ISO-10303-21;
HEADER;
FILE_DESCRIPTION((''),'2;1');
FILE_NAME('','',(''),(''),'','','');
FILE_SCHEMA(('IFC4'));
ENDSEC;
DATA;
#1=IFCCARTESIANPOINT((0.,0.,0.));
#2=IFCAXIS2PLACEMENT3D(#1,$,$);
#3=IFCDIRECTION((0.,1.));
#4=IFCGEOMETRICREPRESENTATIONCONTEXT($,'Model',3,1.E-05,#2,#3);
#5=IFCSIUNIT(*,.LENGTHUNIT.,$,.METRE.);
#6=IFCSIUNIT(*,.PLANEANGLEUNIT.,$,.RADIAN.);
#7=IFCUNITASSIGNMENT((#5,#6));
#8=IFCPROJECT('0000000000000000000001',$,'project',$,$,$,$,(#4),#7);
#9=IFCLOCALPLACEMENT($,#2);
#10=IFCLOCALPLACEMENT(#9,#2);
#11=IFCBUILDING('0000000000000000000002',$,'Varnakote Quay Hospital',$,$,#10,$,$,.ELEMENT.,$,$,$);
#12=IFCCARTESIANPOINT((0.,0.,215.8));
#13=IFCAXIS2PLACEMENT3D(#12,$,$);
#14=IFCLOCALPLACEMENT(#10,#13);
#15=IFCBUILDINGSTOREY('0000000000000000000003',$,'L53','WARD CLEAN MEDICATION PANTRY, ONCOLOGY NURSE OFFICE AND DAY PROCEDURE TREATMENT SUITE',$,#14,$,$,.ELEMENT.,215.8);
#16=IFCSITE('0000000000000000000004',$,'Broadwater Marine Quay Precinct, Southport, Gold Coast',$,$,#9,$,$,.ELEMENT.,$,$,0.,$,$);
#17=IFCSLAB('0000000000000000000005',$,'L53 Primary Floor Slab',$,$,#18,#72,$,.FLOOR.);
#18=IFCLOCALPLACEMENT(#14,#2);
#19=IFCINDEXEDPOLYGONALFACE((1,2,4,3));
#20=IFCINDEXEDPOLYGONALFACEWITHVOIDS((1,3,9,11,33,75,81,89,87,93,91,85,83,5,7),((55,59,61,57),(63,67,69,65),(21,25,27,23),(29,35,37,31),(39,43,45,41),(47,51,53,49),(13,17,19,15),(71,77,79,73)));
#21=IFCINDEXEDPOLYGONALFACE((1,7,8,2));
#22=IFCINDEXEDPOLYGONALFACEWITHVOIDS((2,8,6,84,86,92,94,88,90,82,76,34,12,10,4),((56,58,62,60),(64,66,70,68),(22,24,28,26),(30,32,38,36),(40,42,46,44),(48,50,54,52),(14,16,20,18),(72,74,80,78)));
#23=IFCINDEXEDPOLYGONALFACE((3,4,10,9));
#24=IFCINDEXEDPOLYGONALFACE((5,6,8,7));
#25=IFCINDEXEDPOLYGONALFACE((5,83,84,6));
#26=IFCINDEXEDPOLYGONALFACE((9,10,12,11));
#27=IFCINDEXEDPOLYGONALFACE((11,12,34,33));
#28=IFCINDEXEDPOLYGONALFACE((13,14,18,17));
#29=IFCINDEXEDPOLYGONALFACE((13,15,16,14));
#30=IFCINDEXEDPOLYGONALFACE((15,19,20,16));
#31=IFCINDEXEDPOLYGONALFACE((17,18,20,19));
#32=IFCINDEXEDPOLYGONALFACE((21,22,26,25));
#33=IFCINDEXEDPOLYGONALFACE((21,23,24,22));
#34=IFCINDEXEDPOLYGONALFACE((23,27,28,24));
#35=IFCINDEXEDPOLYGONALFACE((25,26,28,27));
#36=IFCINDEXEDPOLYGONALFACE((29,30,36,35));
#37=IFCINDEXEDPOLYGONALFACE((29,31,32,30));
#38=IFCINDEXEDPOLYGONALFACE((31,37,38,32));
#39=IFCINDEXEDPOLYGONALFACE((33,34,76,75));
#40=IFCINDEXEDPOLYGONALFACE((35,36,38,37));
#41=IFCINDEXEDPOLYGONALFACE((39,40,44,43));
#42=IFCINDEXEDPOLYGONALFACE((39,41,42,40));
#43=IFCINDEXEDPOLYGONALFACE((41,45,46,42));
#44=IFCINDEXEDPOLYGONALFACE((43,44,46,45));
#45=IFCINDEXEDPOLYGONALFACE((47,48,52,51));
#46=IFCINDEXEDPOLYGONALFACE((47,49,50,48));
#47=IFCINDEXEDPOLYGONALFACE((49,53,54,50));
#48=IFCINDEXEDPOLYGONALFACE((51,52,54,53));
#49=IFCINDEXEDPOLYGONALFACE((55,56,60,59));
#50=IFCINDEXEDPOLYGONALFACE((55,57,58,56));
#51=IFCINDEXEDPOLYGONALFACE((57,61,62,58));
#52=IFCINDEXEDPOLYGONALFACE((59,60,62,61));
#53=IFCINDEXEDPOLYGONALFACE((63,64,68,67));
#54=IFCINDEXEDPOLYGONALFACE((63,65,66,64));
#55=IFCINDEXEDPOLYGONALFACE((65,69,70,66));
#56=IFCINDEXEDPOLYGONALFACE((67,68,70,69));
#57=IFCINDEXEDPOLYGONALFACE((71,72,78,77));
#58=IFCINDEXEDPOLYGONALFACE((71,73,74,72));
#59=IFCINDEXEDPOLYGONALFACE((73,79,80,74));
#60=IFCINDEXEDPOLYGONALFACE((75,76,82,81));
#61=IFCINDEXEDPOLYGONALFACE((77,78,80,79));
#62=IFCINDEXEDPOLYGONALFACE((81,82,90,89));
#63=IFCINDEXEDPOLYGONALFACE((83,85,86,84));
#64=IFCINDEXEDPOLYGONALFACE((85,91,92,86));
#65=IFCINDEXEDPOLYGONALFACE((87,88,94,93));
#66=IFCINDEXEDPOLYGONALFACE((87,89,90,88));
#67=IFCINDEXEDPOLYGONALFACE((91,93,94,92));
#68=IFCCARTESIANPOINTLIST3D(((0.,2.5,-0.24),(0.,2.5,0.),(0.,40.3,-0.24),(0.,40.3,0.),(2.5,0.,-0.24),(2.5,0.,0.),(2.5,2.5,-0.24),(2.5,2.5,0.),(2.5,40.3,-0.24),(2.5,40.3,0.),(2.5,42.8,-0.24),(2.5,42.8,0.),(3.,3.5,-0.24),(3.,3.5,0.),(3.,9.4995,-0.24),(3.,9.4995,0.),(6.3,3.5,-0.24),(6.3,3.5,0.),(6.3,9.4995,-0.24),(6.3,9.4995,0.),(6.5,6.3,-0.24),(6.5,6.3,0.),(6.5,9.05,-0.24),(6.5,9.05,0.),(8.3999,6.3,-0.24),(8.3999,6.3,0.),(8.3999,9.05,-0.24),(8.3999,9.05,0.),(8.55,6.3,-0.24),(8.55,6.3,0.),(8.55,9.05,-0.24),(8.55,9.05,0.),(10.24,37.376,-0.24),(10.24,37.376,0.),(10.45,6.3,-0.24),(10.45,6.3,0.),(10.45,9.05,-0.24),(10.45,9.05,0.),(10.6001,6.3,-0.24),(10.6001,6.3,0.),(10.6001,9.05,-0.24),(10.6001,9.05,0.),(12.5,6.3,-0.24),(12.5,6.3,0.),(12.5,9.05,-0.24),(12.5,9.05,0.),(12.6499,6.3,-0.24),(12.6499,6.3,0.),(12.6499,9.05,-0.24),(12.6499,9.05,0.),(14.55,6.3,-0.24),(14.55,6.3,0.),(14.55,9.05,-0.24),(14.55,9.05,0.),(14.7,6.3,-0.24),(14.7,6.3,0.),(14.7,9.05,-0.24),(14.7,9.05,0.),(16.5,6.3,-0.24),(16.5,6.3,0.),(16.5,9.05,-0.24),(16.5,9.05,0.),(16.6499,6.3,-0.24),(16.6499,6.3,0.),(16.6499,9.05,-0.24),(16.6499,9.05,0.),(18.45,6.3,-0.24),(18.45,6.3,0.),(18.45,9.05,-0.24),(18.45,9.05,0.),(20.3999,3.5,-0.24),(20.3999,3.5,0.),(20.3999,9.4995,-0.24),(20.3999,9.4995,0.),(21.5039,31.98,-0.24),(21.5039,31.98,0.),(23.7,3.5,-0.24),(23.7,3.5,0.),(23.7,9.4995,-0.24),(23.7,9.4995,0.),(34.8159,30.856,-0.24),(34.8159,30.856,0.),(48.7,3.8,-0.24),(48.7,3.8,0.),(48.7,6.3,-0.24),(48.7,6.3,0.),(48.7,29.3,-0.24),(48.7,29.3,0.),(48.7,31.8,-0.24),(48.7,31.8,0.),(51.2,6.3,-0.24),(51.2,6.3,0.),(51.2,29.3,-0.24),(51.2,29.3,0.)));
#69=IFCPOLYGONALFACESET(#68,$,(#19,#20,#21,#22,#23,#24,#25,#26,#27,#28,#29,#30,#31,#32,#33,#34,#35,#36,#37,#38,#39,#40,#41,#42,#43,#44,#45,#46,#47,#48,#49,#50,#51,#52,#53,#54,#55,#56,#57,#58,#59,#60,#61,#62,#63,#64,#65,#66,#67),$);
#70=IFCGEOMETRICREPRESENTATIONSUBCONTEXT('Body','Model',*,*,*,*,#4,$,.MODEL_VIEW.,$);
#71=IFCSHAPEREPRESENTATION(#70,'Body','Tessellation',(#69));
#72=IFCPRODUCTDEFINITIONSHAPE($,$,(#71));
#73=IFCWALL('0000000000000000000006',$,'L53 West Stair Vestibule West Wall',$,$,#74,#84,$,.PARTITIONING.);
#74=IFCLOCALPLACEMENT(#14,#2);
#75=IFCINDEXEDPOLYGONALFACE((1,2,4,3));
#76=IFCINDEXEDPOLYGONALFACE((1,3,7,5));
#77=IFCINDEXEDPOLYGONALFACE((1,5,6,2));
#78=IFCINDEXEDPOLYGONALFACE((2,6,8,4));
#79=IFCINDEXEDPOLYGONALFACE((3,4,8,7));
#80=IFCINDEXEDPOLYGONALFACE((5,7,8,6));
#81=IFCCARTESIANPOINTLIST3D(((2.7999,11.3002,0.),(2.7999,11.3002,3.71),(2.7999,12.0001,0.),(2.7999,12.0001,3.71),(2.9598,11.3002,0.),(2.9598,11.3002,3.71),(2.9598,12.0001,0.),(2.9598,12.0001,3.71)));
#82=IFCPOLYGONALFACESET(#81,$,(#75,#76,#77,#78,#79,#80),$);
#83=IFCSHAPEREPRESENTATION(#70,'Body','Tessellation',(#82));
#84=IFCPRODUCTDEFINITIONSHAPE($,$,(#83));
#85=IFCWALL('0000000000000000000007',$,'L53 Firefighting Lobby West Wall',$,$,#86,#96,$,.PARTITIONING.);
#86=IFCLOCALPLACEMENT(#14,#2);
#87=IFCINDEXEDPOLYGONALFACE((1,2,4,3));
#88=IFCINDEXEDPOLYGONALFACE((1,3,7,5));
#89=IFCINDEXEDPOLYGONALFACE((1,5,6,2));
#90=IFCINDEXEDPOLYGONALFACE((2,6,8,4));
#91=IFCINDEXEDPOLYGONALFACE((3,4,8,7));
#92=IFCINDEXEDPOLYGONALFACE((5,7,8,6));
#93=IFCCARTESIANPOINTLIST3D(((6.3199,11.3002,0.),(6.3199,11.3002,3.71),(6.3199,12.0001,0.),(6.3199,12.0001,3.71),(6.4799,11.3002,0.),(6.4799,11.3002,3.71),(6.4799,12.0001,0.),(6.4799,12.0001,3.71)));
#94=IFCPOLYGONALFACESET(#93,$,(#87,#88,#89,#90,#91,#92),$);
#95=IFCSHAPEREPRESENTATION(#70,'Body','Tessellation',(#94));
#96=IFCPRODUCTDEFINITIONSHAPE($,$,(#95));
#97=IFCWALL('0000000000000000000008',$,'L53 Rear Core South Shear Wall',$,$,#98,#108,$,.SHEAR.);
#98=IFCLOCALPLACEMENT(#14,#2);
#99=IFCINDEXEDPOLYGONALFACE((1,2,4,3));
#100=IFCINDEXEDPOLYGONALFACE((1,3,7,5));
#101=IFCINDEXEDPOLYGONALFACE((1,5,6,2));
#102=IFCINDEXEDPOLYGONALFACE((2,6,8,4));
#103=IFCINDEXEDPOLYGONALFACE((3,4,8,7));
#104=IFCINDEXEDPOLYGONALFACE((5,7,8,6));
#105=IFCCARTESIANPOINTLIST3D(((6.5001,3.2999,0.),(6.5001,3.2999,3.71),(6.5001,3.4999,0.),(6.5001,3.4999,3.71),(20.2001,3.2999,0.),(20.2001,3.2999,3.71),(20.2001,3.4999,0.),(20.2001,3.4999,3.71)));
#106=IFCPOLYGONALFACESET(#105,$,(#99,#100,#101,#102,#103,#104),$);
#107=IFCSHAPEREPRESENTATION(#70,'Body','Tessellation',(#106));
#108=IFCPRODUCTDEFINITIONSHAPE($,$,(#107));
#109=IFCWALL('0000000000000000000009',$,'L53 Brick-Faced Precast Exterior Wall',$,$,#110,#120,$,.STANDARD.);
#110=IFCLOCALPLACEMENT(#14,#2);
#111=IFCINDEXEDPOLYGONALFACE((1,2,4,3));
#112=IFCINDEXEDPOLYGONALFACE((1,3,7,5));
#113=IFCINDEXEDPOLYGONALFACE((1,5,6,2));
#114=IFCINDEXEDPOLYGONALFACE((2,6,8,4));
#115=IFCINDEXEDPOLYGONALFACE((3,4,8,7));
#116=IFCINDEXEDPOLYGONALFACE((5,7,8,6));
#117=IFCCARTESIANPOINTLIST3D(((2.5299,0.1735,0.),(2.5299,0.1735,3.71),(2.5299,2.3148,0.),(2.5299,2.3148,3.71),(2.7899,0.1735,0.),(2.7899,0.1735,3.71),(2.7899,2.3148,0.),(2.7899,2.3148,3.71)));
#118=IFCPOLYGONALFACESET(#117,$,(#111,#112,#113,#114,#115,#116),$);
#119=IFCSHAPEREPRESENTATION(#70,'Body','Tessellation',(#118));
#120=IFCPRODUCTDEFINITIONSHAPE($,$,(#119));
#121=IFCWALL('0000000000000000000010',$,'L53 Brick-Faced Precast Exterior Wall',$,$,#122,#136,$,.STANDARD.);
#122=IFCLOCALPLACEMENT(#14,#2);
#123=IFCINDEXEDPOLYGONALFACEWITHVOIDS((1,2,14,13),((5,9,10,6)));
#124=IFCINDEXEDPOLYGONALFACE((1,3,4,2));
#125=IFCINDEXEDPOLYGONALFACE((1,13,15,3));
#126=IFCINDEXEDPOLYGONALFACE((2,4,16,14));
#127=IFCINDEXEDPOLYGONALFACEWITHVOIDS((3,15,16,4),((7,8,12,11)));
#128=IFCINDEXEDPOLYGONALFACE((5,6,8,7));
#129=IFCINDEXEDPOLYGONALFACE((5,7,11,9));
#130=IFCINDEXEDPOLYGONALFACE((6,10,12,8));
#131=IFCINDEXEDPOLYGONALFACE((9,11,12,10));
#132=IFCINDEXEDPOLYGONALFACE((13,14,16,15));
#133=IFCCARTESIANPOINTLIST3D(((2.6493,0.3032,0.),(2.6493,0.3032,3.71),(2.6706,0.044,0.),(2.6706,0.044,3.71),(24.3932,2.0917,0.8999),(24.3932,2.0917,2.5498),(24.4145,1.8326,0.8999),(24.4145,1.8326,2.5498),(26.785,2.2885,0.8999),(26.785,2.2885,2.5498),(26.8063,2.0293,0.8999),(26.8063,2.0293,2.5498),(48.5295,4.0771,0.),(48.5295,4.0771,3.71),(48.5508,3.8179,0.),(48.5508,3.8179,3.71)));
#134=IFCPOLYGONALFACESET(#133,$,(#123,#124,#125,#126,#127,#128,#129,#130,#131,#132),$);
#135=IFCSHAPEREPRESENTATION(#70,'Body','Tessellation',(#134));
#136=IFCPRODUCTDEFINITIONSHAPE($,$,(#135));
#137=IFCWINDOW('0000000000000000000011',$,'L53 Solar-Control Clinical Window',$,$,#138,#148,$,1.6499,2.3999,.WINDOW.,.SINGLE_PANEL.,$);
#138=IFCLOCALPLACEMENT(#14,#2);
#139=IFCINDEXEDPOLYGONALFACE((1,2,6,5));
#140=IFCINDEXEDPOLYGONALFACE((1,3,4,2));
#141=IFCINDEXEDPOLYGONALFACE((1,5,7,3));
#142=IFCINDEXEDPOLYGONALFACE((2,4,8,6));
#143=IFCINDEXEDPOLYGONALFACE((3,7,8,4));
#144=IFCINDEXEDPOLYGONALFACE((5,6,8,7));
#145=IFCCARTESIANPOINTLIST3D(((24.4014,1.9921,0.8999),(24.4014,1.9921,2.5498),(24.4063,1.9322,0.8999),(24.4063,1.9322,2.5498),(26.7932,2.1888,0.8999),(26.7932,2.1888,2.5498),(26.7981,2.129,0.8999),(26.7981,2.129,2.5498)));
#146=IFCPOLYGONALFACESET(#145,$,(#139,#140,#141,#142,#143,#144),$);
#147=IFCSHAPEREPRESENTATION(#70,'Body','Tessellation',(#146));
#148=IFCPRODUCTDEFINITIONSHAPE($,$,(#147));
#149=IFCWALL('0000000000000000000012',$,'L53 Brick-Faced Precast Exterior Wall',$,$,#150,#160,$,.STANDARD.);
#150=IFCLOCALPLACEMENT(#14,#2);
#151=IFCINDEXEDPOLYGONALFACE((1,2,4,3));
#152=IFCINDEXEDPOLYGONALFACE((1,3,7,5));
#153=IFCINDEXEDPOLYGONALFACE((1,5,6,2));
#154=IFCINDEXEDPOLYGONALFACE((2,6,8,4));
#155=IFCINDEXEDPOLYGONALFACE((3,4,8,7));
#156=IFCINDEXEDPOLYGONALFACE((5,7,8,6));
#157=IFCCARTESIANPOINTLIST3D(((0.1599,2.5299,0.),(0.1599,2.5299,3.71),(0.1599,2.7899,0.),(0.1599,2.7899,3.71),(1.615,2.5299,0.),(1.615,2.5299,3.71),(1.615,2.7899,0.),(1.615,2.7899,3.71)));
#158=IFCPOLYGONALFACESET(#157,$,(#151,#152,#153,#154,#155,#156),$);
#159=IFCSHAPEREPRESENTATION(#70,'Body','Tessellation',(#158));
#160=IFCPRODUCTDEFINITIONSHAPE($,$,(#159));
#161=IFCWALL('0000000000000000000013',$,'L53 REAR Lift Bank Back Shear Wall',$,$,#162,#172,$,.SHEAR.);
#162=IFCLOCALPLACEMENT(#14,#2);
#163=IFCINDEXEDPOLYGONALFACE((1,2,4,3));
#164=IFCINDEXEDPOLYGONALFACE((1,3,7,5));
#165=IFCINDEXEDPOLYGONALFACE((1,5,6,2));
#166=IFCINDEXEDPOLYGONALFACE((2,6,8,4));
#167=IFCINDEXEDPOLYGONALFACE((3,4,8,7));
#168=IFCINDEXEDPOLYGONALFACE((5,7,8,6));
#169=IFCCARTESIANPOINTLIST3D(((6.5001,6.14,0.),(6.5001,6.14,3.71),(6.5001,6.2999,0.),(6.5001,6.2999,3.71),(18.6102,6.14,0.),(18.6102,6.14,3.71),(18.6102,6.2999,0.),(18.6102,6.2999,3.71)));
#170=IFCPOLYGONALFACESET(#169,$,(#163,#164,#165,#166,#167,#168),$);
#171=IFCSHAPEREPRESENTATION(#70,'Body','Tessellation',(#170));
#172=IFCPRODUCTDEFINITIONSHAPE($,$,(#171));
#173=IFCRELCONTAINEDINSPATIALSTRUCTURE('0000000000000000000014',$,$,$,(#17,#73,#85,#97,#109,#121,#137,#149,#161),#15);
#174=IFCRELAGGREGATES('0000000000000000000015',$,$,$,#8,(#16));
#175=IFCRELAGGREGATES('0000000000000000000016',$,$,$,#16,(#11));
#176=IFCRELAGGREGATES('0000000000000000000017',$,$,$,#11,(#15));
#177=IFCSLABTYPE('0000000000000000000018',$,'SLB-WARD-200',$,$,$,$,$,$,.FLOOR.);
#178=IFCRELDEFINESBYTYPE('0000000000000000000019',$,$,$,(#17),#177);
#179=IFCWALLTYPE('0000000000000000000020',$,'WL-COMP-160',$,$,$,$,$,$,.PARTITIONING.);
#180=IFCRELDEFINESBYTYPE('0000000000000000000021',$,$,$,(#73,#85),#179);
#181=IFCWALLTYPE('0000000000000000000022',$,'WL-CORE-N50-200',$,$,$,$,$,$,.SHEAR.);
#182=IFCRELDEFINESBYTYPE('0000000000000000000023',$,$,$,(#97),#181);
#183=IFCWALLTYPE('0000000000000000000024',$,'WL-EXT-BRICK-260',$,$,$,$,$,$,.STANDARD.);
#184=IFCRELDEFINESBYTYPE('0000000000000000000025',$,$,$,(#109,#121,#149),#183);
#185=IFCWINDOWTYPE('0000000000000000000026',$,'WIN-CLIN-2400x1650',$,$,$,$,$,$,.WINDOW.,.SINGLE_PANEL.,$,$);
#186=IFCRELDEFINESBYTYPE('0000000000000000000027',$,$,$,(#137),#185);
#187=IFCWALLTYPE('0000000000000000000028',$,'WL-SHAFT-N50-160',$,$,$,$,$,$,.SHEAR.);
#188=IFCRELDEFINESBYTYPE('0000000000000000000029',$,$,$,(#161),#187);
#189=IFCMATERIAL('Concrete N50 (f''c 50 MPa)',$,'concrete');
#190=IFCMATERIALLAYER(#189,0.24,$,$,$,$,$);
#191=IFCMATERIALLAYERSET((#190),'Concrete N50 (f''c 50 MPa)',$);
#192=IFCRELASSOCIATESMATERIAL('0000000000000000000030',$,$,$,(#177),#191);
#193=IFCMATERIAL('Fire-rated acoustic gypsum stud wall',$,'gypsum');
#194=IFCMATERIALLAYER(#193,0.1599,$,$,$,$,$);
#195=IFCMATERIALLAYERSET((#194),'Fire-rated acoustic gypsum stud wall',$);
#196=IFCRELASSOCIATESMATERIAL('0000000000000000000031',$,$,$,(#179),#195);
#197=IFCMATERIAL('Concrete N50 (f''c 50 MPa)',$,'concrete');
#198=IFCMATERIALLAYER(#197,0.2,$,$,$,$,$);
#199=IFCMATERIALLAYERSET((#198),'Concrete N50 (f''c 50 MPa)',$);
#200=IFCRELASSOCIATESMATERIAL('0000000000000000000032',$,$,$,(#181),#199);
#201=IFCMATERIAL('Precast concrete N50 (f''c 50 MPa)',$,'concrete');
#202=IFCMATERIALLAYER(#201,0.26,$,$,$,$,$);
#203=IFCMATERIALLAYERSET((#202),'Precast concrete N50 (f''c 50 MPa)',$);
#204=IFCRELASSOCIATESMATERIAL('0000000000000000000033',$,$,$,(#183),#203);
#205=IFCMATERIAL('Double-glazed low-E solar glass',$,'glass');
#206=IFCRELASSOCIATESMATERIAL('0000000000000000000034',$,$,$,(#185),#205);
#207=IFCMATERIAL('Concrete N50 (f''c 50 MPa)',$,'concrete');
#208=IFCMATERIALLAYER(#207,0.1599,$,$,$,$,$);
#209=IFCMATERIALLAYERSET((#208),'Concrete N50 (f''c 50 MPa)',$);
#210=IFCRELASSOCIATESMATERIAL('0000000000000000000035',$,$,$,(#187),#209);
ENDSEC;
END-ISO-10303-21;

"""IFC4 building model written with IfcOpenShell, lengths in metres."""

from ifc_helpers import new_model, si_unit, direction, frame, frame_2d, origin, place, context, subcontext, project, spatial, polyline, rectangle, outline, extrude, material, layer, layer_set, type_object, element, fill, save


model = new_model("IFC4")

# Units and contexts
model_context = context("Model", 3, precision=1e-05, world=origin(), true_north=direction((0.0, 1.0)))
body_context = subcontext(model_context, "Body", "Model", "MODEL_VIEW")
ifc_project = project(units=[si_unit("LENGTHUNIT", "METRE"), si_unit("PLANEANGLEUNIT", "RADIAN")], contexts=[model_context])

# Site, building, storey
site_placement = place(None, origin())
site = spatial("IfcSite", under=ifc_project, at=site_placement, Name="Broadwater Marine Quay Precinct, Southport, Gold Coast", CompositionType="ELEMENT", RefElevation=0.0)
building_placement = place(site_placement, origin())
building = spatial("IfcBuilding", under=site, at=building_placement, Name="Varnakote Quay Hospital", CompositionType="ELEMENT")
storey_placement = place(building_placement, frame((0.0, 0.0, 215.8)))
storey = spatial("IfcBuildingStorey", under=building, at=storey_placement, Name="L53", Description="WARD CLEAN MEDICATION PANTRY, ONCOLOGY NURSE OFFICE AND DAY PROCEDURE TREATMENT SUITE", CompositionType="ELEMENT", Elevation=215.8)

# Slab
ifc_material_1 = material(Name="Concrete N50 (f'c 50 MPa)", Category="concrete")
ifc_layer_1 = layer(ifc_material_1, 0.24)
ifc_layer_set_1 = layer_set([ifc_layer_1], Name="Concrete N50 (f'c 50 MPa)")
slab_type_1 = type_object("IfcSlabType", Name="SLB-WARD-200", PredefinedType="FLOOR", material=ifc_layer_set_1)
slab_1_placement = place(storey_placement, frame((0.0, 0.0, -0.24)))
element("IfcSlab", 1, at=slab_1_placement, inside=storey, type_object=slab_type_1, Name="L53 Primary Floor Slab", PredefinedType="FLOOR", context=body_context, shape_type="SweptSolid", body=[
    extrude(outline(polyline([(0.0, 2.5), (2.5, 2.5), (2.5, 0.0), (48.7, 3.8), (48.7, 6.3), (51.2, 6.3), (51.2, 29.3), (48.7, 29.3), (48.7, 31.8), (34.8159, 30.856), (21.5039, 31.98), (10.24, 37.376), (2.5, 42.8), (2.5, 40.3), (0.0, 40.3), (0.0, 2.5)]), holes=[polyline([(3.0, 3.5), (6.3, 3.5), (6.3, 9.4995), (3.0, 9.4995), (3.0, 3.5)]), polyline([(20.3999, 3.5), (23.7, 3.5), (23.7, 9.4995), (20.3999, 9.4995), (20.3999, 3.5)]), polyline([(6.5, 6.3), (8.3999, 6.3), (8.3999, 9.05), (6.5, 9.05), (6.5, 6.3)]), polyline([(8.55, 6.3), (10.45, 6.3), (10.45, 9.05), (8.55, 9.05), (8.55, 6.3)]), polyline([(10.6001, 6.3), (12.5, 6.3), (12.5, 9.05), (10.6001, 9.05), (10.6001, 6.3)]), polyline([(12.6499, 6.3), (14.55, 6.3), (14.55, 9.05), (12.6499, 9.05), (12.6499, 6.3)]), polyline([(14.7, 6.3), (16.5, 6.3), (16.5, 9.05), (14.7, 9.05), (14.7, 6.3)]), polyline([(16.6499, 6.3), (18.45, 6.3), (18.45, 9.05), (16.6499, 9.05), (16.6499, 6.3)])]), origin(), (0.0, 0.0, 1.0), 0.24),
])

# Walls
ifc_material_2 = material(Name="Fire-rated acoustic gypsum stud wall", Category="gypsum")
ifc_layer_2 = layer(ifc_material_2, 0.1599)
ifc_layer_set_2 = layer_set([ifc_layer_2], Name="Fire-rated acoustic gypsum stud wall")
wall_type_1 = type_object("IfcWallType", Name="WL-COMP-160", PredefinedType="PARTITIONING", material=ifc_layer_set_2)
for number, where, z_axis, x_axis, name in (
    (2, (2.8799, 11.3, 0.0), (0.0, 0.0, 1.0), (0.0, 1.0, 0.0), "L53 West Stair Vestibule West Wall"),
    (3, (6.3999, 11.3, 0.0), (0.0, 0.0, 1.0), (0.0, 1.0, 0.0), "L53 Firefighting Lobby West Wall"),
):
    element("IfcWall", number, at=place(storey_placement, frame(where, z_axis=z_axis, x_axis=x_axis)), inside=storey, type_object=wall_type_1, Name=name, PredefinedType="PARTITIONING", context=body_context, shape_type="SweptSolid", body=[
        extrude(rectangle(XDim=0.7, YDim=0.1599, at=frame_2d((0.3501, 0.0))), origin(), (0.0, 0.0, 1.0), 3.71),
    ])
ifc_material_3 = material(Name="Concrete N50 (f'c 50 MPa)", Category="concrete")
ifc_layer_3 = layer(ifc_material_3, 0.2)
ifc_layer_set_3 = layer_set([ifc_layer_3], Name="Concrete N50 (f'c 50 MPa)")
wall_type_2 = type_object("IfcWallType", Name="WL-CORE-N50-200", PredefinedType="SHEAR", material=ifc_layer_set_3)
wall_1_placement = place(storey_placement, frame((6.5, 3.3999, 0.0), z_axis=(0.0, 0.0, 1.0), x_axis=(1.0, 0.0, 0.0)))
element("IfcWall", 4, at=wall_1_placement, inside=storey, type_object=wall_type_2, Name="L53 Rear Core South Shear Wall", PredefinedType="SHEAR", context=body_context, shape_type="SweptSolid", body=[
    extrude(rectangle(XDim=13.7, YDim=0.2, at=frame_2d((6.8501, 0.0))), origin(), (0.0, 0.0, 1.0), 3.71),
])
ifc_material_4 = material(Name="Precast concrete N50 (f'c 50 MPa)", Category="concrete")
ifc_layer_4 = layer(ifc_material_4, 0.26)
ifc_layer_set_4 = layer_set([ifc_layer_4], Name="Precast concrete N50 (f'c 50 MPa)")
wall_type_3 = type_object("IfcWallType", Name="WL-EXT-BRICK-260", PredefinedType="STANDARD", material=ifc_layer_set_4)
wall_2_placement = place(storey_placement, frame((2.6599, 2.3149, 0.0), z_axis=(0.0, 0.0, 1.0), x_axis=(0.0, -1.0, 0.0)))
element("IfcWall", 5, at=wall_2_placement, inside=storey, type_object=wall_type_3, Name="L53 Brick-Faced Precast Exterior Wall", PredefinedType="STANDARD", context=body_context, shape_type="SweptSolid", body=[
    extrude(rectangle(XDim=2.1414, YDim=0.26, at=frame_2d((1.0708, 0.0))), origin(), (0.0, 0.0, 1.0), 3.71),
])

# Wall, opening, window
wall_3_placement = place(storey_placement, frame((2.6599, 0.1736, 0.0), z_axis=(0.0, 0.0, 1.0), x_axis=(0.996634, 0.081979, 0.0)))
wall_3 = element("IfcWall", 6, at=wall_3_placement, inside=storey, type_object=wall_type_3, Name="L53 Brick-Faced Precast Exterior Wall", PredefinedType="STANDARD", context=body_context, shape_type="SweptSolid", body=[
    extrude(rectangle(XDim=46.0352, YDim=0.26, at=frame_2d((23.0176, 0.0))), origin(), (0.0, 0.0, 1.0), 3.71),
])
opening_1_placement = place(wall_3_placement, frame((21.8174, 0.0, 0.8999)))
opening_1 = element("IfcOpeningElement", 7, at=opening_1_placement, cuts=wall_3, PredefinedType="OPENING", context=body_context, shape_type="SweptSolid", body=[
    extrude(rectangle(XDim=2.3999, YDim=1.6499, at=frame_2d((1.2, 0.825))), frame((0.0, 0.1399, 0.0), z_axis=(0.0, -1.0, 0.0), x_axis=(1.0, 0.0, 0.0)), (0.0, 0.0, 1.0), 0.28),
])
ifc_material_5 = material(Name="Double-glazed low-E solar glass", Category="glass")
window_type = type_object("IfcWindowType", Name="WIN-CLIN-2400x1650", PartitioningType="SINGLE_PANEL", PredefinedType="WINDOW", material=ifc_material_5)
window_placement = place(opening_1_placement, origin())
window = element("IfcWindow", 8, at=window_placement, inside=storey, type_object=window_type, Name="L53 Solar-Control Clinical Window", OverallHeight=1.6499, OverallWidth=2.3999, PartitioningType="SINGLE_PANEL", PredefinedType="WINDOW", context=body_context, shape_type="SweptSolid", body=[
    extrude(rectangle(XDim=2.3999, YDim=1.6499, at=frame_2d((1.2, 0.825))), frame((0.0, 0.03, 0.0), z_axis=(0.0, -1.0, 0.0), x_axis=(1.0, 0.0, 0.0)), (0.0, 0.0, 1.0), 0.0601),
])
fill(opening_1, window)

# Walls
wall_4_placement = place(storey_placement, frame((0.1599, 2.6599, 0.0), z_axis=(0.0, 0.0, 1.0), x_axis=(1.0, 0.0, 0.0)))
element("IfcWall", 9, at=wall_4_placement, inside=storey, type_object=wall_type_3, Name="L53 Brick-Faced Precast Exterior Wall", PredefinedType="STANDARD", context=body_context, shape_type="SweptSolid", body=[
    extrude(rectangle(XDim=1.4551, YDim=0.26, at=frame_2d((0.7275, 0.0))), origin(), (0.0, 0.0, 1.0), 3.71),
])
ifc_material_6 = material(Name="Concrete N50 (f'c 50 MPa)", Category="concrete")
ifc_layer_5 = layer(ifc_material_6, 0.1599)
ifc_layer_set_5 = layer_set([ifc_layer_5], Name="Concrete N50 (f'c 50 MPa)")
wall_type_4 = type_object("IfcWallType", Name="WL-SHAFT-N50-160", PredefinedType="SHEAR", material=ifc_layer_set_5)
wall_5_placement = place(storey_placement, frame((6.5, 6.22, 0.0), z_axis=(0.0, 0.0, 1.0), x_axis=(1.0, 0.0, 0.0)))
element("IfcWall", 10, at=wall_5_placement, inside=storey, type_object=wall_type_4, Name="L53 REAR Lift Bank Back Shear Wall", PredefinedType="SHEAR", context=body_context, shape_type="SweptSolid", body=[
    extrude(rectangle(XDim=12.1101, YDim=0.1599, at=frame_2d((6.0552, 0.0))), origin(), (0.0, 0.0, 1.0), 3.71),
])

save(model, "model.ifc")
